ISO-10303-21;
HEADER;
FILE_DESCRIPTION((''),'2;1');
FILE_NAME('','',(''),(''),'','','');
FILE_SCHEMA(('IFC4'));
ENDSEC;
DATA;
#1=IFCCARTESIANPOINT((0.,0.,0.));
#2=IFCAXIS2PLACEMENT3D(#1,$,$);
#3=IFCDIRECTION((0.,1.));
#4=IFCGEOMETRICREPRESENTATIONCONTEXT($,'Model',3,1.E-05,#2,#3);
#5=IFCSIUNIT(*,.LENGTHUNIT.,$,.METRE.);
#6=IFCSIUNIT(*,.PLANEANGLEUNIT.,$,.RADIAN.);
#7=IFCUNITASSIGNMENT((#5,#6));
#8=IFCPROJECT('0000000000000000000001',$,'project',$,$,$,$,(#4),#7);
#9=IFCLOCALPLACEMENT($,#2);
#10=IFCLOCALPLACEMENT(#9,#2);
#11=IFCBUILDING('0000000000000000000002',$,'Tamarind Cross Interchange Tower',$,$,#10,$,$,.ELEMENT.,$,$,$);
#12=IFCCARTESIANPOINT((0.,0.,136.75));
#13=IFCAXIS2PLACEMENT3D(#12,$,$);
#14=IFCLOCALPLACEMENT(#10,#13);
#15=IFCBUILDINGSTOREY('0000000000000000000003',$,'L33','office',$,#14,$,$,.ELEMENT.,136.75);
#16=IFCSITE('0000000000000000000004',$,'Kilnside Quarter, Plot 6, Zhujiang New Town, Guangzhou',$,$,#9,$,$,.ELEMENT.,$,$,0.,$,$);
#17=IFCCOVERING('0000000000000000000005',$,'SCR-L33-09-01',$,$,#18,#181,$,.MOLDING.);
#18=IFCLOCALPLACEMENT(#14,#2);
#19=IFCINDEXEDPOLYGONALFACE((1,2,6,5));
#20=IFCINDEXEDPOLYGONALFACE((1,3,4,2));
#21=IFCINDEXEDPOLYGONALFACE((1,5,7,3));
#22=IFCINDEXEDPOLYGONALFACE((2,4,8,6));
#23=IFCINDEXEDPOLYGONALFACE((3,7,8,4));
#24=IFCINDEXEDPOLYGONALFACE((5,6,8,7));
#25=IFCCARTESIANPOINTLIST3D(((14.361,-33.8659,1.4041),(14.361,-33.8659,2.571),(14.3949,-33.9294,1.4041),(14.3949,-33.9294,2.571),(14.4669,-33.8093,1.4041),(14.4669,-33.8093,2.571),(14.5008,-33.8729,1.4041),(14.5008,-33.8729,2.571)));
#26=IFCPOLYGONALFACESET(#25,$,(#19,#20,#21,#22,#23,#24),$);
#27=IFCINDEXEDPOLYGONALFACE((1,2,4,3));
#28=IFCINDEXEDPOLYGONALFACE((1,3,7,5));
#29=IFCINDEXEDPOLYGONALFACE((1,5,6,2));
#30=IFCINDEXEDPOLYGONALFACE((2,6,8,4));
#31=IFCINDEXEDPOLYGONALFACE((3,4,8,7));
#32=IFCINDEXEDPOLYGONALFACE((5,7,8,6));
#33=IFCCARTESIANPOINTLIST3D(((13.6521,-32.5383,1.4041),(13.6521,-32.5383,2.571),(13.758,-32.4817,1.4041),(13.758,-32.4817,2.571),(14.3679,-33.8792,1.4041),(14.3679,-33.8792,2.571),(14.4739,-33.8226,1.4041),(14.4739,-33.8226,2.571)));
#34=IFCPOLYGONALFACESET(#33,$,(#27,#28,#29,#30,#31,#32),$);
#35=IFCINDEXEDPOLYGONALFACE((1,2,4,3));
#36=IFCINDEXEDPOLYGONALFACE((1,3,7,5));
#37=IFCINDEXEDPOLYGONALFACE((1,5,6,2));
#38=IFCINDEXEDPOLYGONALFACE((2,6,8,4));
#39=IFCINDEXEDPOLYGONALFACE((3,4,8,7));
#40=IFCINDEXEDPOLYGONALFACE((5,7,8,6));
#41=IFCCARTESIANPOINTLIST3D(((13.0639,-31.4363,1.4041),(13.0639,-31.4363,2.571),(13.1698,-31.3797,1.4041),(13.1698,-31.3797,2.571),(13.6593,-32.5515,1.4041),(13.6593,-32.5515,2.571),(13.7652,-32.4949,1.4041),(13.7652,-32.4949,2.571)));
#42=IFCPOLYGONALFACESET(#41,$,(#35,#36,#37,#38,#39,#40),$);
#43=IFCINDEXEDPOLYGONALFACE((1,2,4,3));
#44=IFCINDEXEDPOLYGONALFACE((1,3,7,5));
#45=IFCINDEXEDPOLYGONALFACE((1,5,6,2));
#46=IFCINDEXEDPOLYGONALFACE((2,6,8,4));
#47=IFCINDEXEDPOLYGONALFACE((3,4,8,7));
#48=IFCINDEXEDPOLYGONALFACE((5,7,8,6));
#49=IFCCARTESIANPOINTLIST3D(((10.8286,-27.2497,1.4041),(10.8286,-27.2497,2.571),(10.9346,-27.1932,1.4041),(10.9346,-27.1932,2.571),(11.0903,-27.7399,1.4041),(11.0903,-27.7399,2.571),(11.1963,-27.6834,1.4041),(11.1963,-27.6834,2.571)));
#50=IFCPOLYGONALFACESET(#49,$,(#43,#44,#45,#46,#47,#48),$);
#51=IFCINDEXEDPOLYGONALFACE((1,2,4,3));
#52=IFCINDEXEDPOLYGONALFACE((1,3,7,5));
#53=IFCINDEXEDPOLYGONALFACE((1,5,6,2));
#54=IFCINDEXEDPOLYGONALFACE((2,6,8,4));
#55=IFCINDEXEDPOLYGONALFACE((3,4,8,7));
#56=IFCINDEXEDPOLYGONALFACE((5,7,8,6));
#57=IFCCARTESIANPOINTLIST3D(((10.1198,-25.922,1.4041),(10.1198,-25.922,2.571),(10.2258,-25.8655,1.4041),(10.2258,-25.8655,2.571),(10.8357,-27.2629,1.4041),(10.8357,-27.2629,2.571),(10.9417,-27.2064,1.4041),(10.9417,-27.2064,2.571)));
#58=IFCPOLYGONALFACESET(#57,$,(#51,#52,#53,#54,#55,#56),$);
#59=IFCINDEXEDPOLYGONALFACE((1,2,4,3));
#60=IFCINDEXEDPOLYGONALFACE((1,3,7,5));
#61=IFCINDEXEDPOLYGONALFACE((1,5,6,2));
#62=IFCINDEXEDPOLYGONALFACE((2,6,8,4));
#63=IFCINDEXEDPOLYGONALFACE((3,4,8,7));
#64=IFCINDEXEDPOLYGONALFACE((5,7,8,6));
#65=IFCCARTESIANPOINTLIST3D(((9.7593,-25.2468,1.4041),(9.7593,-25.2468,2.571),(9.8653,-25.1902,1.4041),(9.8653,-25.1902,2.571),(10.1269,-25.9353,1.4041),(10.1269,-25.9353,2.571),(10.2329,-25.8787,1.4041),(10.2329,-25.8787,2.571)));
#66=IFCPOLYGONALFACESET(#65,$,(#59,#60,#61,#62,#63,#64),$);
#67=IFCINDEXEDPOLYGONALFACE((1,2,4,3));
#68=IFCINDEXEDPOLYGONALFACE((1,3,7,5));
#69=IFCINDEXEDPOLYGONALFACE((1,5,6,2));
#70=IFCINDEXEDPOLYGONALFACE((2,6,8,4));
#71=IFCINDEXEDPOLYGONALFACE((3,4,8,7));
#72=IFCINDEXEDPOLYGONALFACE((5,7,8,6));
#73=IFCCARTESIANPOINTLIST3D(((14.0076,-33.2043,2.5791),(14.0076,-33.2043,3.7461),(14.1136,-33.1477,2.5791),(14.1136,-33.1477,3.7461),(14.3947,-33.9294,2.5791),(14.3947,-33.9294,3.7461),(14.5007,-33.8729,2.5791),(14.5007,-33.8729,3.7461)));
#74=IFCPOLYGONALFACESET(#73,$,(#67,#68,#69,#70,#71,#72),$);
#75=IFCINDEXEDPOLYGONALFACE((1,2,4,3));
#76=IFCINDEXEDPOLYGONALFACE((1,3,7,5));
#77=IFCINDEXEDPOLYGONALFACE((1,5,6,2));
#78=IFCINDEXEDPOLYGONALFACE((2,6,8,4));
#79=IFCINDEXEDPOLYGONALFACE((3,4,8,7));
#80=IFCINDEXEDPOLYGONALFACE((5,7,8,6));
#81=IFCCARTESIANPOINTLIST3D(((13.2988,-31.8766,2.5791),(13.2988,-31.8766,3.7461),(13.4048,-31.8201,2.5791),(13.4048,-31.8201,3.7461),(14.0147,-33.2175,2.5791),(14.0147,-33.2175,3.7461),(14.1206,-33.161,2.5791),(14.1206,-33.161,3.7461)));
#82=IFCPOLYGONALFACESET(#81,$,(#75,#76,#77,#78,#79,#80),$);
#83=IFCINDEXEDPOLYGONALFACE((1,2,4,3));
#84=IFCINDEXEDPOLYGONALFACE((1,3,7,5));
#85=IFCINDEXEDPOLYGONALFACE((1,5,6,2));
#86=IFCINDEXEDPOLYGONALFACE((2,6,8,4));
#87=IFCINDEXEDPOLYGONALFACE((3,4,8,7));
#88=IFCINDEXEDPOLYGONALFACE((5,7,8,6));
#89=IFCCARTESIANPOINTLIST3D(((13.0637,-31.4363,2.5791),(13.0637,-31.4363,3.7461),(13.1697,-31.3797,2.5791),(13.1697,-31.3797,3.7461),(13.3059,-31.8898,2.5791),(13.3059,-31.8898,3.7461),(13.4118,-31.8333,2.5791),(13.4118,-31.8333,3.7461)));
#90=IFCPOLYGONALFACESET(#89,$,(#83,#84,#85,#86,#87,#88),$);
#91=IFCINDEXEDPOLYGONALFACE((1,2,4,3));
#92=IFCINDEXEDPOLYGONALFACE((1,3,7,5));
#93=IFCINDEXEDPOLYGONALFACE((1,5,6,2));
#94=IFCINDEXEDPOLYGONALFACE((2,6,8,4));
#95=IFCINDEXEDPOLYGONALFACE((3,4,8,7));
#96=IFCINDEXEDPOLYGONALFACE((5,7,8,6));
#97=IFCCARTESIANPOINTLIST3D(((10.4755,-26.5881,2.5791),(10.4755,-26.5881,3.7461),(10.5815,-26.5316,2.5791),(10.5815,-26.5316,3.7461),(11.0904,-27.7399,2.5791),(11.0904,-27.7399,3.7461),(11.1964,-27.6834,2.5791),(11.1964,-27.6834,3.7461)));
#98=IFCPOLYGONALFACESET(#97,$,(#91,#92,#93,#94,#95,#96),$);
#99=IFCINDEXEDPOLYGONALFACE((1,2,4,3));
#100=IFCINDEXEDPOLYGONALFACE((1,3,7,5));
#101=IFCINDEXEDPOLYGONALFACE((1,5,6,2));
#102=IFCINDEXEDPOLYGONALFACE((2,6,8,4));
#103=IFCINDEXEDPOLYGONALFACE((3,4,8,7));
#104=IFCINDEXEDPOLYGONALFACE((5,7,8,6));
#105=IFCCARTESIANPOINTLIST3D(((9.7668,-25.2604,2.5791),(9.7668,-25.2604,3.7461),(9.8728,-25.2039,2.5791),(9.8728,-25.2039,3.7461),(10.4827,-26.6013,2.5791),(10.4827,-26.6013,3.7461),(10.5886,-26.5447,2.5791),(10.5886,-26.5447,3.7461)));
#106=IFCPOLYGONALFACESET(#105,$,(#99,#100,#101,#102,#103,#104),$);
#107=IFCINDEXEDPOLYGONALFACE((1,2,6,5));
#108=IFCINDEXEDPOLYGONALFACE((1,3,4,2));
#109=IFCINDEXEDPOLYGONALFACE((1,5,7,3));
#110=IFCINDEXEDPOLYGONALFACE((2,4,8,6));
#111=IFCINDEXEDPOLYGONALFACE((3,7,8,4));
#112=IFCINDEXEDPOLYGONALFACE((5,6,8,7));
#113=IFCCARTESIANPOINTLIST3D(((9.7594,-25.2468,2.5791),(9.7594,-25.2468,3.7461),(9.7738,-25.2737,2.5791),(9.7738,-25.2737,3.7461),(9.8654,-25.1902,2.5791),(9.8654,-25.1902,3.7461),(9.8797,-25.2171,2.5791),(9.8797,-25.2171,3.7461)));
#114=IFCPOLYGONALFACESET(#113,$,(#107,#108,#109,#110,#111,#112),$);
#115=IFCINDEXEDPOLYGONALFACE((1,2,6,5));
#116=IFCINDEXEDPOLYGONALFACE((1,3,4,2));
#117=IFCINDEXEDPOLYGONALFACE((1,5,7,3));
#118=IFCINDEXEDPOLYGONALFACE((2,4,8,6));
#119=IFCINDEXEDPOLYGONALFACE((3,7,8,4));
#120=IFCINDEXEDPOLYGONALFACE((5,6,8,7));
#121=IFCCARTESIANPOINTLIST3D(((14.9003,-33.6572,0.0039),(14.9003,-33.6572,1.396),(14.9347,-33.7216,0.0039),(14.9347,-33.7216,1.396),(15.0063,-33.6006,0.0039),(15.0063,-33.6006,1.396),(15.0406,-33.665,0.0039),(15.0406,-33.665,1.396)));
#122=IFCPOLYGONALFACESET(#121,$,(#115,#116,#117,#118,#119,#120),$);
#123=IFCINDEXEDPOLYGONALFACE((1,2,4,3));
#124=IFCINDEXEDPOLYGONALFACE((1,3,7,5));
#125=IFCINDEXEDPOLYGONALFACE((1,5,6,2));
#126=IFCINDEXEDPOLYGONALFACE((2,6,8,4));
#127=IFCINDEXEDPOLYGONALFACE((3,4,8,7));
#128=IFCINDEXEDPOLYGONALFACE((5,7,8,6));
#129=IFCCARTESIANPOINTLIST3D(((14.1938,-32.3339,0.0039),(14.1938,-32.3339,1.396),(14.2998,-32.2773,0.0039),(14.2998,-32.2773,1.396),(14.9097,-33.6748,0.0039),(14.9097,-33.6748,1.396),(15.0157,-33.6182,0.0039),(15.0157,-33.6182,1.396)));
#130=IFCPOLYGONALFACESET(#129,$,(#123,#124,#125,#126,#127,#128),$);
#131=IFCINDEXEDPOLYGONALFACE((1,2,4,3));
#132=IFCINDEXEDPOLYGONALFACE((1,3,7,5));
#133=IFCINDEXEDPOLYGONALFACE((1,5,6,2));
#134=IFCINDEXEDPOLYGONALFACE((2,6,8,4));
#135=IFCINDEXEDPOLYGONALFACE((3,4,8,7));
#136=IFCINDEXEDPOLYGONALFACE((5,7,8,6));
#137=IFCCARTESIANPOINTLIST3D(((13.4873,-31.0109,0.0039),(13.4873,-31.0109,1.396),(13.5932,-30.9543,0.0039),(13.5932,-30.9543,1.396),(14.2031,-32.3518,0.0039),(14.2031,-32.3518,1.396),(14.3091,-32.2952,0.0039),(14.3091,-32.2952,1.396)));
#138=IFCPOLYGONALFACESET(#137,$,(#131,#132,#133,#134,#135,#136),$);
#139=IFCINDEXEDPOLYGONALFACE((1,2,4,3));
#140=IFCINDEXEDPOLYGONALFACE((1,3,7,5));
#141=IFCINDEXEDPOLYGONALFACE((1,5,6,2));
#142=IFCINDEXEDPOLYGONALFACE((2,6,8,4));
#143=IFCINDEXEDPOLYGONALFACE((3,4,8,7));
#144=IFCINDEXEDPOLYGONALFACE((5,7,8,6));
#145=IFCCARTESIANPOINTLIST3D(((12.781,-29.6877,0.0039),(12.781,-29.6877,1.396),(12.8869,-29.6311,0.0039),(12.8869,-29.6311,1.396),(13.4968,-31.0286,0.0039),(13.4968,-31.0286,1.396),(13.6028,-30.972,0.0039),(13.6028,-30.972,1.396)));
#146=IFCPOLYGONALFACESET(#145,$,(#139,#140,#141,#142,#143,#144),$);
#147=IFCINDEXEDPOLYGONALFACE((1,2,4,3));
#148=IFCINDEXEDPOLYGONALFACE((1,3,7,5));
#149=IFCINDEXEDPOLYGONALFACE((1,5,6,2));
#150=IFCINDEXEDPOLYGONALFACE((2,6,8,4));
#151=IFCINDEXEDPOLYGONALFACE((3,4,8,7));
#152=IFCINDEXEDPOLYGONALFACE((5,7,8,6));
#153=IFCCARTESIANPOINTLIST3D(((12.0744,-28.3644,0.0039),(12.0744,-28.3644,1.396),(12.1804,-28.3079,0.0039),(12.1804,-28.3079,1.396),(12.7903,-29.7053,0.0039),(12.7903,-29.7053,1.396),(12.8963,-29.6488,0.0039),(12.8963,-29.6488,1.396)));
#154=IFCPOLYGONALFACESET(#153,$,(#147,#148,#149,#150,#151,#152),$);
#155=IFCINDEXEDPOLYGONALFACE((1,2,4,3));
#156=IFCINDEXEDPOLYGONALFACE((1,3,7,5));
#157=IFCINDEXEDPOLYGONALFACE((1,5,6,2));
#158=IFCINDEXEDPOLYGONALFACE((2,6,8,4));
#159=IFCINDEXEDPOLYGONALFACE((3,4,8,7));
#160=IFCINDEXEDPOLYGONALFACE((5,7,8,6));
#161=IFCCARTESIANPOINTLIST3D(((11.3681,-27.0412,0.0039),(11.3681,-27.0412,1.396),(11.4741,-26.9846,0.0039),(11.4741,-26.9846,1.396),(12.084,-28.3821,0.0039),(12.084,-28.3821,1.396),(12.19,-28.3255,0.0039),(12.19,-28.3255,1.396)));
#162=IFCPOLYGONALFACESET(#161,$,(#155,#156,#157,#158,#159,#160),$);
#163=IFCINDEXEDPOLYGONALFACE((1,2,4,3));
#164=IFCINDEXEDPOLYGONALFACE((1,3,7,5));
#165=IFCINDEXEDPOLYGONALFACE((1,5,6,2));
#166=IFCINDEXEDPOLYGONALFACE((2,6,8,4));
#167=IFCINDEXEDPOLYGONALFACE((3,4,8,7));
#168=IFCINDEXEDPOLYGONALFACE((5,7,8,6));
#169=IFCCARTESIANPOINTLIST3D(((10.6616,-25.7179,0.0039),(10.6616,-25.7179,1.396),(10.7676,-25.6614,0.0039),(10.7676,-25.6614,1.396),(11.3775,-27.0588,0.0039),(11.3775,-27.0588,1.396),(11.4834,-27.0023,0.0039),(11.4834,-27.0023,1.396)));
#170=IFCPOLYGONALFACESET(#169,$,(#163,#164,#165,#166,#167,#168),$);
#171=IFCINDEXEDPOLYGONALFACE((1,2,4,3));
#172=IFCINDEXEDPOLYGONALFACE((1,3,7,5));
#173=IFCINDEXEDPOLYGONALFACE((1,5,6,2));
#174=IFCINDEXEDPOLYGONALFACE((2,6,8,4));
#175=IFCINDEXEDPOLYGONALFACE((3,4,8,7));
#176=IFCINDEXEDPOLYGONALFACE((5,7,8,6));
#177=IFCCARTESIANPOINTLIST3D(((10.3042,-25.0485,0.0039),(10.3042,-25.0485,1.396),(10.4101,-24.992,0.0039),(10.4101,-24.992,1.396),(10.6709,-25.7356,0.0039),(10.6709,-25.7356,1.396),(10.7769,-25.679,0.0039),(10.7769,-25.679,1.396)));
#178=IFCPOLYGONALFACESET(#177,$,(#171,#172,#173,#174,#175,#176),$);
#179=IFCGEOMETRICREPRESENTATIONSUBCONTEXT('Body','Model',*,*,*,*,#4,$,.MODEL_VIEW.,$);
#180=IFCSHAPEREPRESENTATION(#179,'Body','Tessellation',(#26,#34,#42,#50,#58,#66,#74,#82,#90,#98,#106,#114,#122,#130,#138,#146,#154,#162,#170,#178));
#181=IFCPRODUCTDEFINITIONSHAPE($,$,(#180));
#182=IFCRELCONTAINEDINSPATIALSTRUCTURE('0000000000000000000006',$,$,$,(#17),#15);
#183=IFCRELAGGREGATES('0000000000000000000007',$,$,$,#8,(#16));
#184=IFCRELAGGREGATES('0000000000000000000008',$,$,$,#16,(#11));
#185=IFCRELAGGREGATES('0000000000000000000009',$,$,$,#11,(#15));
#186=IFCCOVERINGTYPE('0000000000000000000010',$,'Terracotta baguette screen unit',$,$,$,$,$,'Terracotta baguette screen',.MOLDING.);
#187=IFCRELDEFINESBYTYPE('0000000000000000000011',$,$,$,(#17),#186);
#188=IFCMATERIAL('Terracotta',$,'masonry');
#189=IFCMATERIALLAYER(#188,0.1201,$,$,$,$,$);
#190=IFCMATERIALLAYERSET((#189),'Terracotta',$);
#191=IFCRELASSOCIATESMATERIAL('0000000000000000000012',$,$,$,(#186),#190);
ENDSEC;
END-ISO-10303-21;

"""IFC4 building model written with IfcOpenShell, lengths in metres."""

from ifc_helpers import new_model, si_unit, direction, frame, origin, origin_2d, place, context, subcontext, project, spatial, rectangle, extrude, material, layer, layer_set, type_object, element, save


model = new_model("IFC4")

# Units and contexts
model_context = context("Model", 3, precision=1e-05, world=origin(), true_north=direction((0.0, 1.0)))
body_context = subcontext(model_context, "Body", "Model", "MODEL_VIEW")
ifc_project = project(units=[si_unit("LENGTHUNIT", "METRE"), si_unit("PLANEANGLEUNIT", "RADIAN")], contexts=[model_context])

# Site, building, storey
site_placement = place(None, origin())
site = spatial("IfcSite", under=ifc_project, at=site_placement, Name="Kilnside Quarter, Plot 6, Zhujiang New Town, Guangzhou", CompositionType="ELEMENT", RefElevation=0.0)
building_placement = place(site_placement, origin())
building = spatial("IfcBuilding", under=site, at=building_placement, Name="Tamarind Cross Interchange Tower", CompositionType="ELEMENT")
storey_placement = place(building_placement, frame((0.0, 0.0, 136.75)))
storey = spatial("IfcBuildingStorey", under=building, at=storey_placement, Name="L33", Description="office", CompositionType="ELEMENT", Elevation=136.75)

# Covering
ifc_material_1 = material(Name="Terracotta", Category="masonry")
ifc_layer_1 = layer(ifc_material_1, 0.1201)
ifc_layer_set_1 = layer_set([ifc_layer_1], Name="Terracotta")
covering_type = type_object("IfcCoveringType", Name="Terracotta baguette screen unit", ElementType="Terracotta baguette screen", PredefinedType="MOLDING", material=ifc_layer_set_1)
covering_1_placement = place(storey_placement, origin())
element("IfcCovering", 1, at=covering_1_placement, inside=storey, type_object=covering_type, Name="SCR-L33-09-01", PredefinedType="MOLDING", context=body_context, shape_type="SweptSolid", body=[
    extrude(rectangle(XDim=0.072, YDim=0.1201, at=origin_2d()), frame((14.4309, -33.8694, 1.4041), z_axis=(0.0, 0.0, 1.0), x_axis=(-0.470959, 0.882155, 0.0)), (0.0, 0.0, 1.0), 1.167),
    extrude(rectangle(XDim=1.52, YDim=0.1201, at=origin_2d()), frame((14.063, -33.1804, 1.4041), z_axis=(0.0, 0.0, 1.0), x_axis=(-0.470959, 0.882155, 0.0)), (0.0, 0.0, 1.0), 1.167),
    extrude(rectangle(XDim=1.2642, YDim=0.1201, at=origin_2d()), frame((13.4146, -31.9656, 1.4041), z_axis=(0.0, 0.0, 1.0), x_axis=(-0.470959, 0.882155, 0.0)), (0.0, 0.0, 1.0), 1.167),
    extrude(rectangle(XDim=0.5557, YDim=0.1201, at=origin_2d()), frame((11.0125, -27.4666, 1.4041), z_axis=(0.0, 0.0, 1.0), x_axis=(-0.470959, 0.882155, 0.0)), (0.0, 0.0, 1.0), 1.167),
    extrude(rectangle(XDim=1.52, YDim=0.1201, at=origin_2d()), frame((10.5308, -26.5642, 1.4041), z_axis=(0.0, 0.0, 1.0), x_axis=(-0.470959, 0.882155, 0.0)), (0.0, 0.0, 1.0), 1.167),
    extrude(rectangle(XDim=0.7805, YDim=0.1201, at=origin_2d()), frame((9.9961, -25.5627, 1.4041), z_axis=(0.0, 0.0, 1.0), x_axis=(-0.470959, 0.882155, 0.0)), (0.0, 0.0, 1.0), 1.167),
    extrude(rectangle(XDim=0.822, YDim=0.1201, at=origin_2d()), frame((14.2542, -33.5386, 2.5791), z_axis=(0.0, 0.0, 1.0), x_axis=(-0.470959, 0.882155, 0.0)), (0.0, 0.0, 1.0), 1.167),
    extrude(rectangle(XDim=1.52, YDim=0.1201, at=origin_2d()), frame((13.7097, -32.5188, 2.5791), z_axis=(0.0, 0.0, 1.0), x_axis=(-0.470959, 0.882155, 0.0)), (0.0, 0.0, 1.0), 1.167),
    extrude(rectangle(XDim=0.5142, YDim=0.1201, at=origin_2d()), frame((13.2378, -31.6348, 2.5791), z_axis=(0.0, 0.0, 1.0), x_axis=(-0.470959, 0.882155, 0.0)), (0.0, 0.0, 1.0), 1.167),
    extrude(rectangle(XDim=1.3057, YDim=0.1201, at=origin_2d()), frame((10.8359, -27.1357, 2.5791), z_axis=(0.0, 0.0, 1.0), x_axis=(-0.470959, 0.882155, 0.0)), (0.0, 0.0, 1.0), 1.167),
    extrude(rectangle(XDim=1.52, YDim=0.1201, at=origin_2d()), frame((10.1777, -25.9026, 2.5791), z_axis=(0.0, 0.0, 1.0), x_axis=(-0.470959, 0.882155, 0.0)), (0.0, 0.0, 1.0), 1.167),
    extrude(rectangle(XDim=0.0305, YDim=0.1201, at=origin_2d()), frame((9.8196, -25.2319, 2.5791), z_axis=(0.0, 0.0, 1.0), x_axis=(-0.470959, 0.882155, 0.0)), (0.0, 0.0, 1.0), 1.167),
    extrude(rectangle(XDim=0.073, YDim=0.1201, at=origin_2d()), frame((14.9705, -33.6611, 0.0039), z_axis=(0.0, 0.0, 1.0), x_axis=(-0.470959, 0.882155, 0.0)), (0.0, 0.0, 1.0), 1.3921),
    extrude(rectangle(XDim=1.52, YDim=0.1201, at=origin_2d()), frame((14.6047, -32.9761, 0.0039), z_axis=(0.0, 0.0, 1.0), x_axis=(-0.470959, 0.882155, 0.0)), (0.0, 0.0, 1.0), 1.3921),
    extrude(rectangle(XDim=1.52, YDim=0.1201, at=origin_2d()), frame((13.8982, -31.6531, 0.0039), z_axis=(0.0, 0.0, 1.0), x_axis=(-0.470959, 0.882155, 0.0)), (0.0, 0.0, 1.0), 1.3921),
    extrude(rectangle(XDim=1.52, YDim=0.1201, at=origin_2d()), frame((13.1919, -30.3298, 0.0039), z_axis=(0.0, 0.0, 1.0), x_axis=(-0.470959, 0.882155, 0.0)), (0.0, 0.0, 1.0), 1.3921),
    extrude(rectangle(XDim=1.52, YDim=0.1201, at=origin_2d()), frame((12.4854, -29.0066, 0.0039), z_axis=(0.0, 0.0, 1.0), x_axis=(-0.470959, 0.882155, 0.0)), (0.0, 0.0, 1.0), 1.3921),
    extrude(rectangle(XDim=1.52, YDim=0.1201, at=origin_2d()), frame((11.7791, -27.6833, 0.0039), z_axis=(0.0, 0.0, 1.0), x_axis=(-0.470959, 0.882155, 0.0)), (0.0, 0.0, 1.0), 1.3921),
    extrude(rectangle(XDim=1.52, YDim=0.1201, at=origin_2d()), frame((11.0725, -26.3601, 0.0039), z_axis=(0.0, 0.0, 1.0), x_axis=(-0.470959, 0.882155, 0.0)), (0.0, 0.0, 1.0), 1.3921),
    extrude(rectangle(XDim=0.7788, YDim=0.1201, at=origin_2d()), frame((10.5405, -25.3638, 0.0039), z_axis=(0.0, 0.0, 1.0), x_axis=(-0.470959, 0.882155, 0.0)), (0.0, 0.0, 1.0), 1.3921),
])

save(model, "model.ifc")
